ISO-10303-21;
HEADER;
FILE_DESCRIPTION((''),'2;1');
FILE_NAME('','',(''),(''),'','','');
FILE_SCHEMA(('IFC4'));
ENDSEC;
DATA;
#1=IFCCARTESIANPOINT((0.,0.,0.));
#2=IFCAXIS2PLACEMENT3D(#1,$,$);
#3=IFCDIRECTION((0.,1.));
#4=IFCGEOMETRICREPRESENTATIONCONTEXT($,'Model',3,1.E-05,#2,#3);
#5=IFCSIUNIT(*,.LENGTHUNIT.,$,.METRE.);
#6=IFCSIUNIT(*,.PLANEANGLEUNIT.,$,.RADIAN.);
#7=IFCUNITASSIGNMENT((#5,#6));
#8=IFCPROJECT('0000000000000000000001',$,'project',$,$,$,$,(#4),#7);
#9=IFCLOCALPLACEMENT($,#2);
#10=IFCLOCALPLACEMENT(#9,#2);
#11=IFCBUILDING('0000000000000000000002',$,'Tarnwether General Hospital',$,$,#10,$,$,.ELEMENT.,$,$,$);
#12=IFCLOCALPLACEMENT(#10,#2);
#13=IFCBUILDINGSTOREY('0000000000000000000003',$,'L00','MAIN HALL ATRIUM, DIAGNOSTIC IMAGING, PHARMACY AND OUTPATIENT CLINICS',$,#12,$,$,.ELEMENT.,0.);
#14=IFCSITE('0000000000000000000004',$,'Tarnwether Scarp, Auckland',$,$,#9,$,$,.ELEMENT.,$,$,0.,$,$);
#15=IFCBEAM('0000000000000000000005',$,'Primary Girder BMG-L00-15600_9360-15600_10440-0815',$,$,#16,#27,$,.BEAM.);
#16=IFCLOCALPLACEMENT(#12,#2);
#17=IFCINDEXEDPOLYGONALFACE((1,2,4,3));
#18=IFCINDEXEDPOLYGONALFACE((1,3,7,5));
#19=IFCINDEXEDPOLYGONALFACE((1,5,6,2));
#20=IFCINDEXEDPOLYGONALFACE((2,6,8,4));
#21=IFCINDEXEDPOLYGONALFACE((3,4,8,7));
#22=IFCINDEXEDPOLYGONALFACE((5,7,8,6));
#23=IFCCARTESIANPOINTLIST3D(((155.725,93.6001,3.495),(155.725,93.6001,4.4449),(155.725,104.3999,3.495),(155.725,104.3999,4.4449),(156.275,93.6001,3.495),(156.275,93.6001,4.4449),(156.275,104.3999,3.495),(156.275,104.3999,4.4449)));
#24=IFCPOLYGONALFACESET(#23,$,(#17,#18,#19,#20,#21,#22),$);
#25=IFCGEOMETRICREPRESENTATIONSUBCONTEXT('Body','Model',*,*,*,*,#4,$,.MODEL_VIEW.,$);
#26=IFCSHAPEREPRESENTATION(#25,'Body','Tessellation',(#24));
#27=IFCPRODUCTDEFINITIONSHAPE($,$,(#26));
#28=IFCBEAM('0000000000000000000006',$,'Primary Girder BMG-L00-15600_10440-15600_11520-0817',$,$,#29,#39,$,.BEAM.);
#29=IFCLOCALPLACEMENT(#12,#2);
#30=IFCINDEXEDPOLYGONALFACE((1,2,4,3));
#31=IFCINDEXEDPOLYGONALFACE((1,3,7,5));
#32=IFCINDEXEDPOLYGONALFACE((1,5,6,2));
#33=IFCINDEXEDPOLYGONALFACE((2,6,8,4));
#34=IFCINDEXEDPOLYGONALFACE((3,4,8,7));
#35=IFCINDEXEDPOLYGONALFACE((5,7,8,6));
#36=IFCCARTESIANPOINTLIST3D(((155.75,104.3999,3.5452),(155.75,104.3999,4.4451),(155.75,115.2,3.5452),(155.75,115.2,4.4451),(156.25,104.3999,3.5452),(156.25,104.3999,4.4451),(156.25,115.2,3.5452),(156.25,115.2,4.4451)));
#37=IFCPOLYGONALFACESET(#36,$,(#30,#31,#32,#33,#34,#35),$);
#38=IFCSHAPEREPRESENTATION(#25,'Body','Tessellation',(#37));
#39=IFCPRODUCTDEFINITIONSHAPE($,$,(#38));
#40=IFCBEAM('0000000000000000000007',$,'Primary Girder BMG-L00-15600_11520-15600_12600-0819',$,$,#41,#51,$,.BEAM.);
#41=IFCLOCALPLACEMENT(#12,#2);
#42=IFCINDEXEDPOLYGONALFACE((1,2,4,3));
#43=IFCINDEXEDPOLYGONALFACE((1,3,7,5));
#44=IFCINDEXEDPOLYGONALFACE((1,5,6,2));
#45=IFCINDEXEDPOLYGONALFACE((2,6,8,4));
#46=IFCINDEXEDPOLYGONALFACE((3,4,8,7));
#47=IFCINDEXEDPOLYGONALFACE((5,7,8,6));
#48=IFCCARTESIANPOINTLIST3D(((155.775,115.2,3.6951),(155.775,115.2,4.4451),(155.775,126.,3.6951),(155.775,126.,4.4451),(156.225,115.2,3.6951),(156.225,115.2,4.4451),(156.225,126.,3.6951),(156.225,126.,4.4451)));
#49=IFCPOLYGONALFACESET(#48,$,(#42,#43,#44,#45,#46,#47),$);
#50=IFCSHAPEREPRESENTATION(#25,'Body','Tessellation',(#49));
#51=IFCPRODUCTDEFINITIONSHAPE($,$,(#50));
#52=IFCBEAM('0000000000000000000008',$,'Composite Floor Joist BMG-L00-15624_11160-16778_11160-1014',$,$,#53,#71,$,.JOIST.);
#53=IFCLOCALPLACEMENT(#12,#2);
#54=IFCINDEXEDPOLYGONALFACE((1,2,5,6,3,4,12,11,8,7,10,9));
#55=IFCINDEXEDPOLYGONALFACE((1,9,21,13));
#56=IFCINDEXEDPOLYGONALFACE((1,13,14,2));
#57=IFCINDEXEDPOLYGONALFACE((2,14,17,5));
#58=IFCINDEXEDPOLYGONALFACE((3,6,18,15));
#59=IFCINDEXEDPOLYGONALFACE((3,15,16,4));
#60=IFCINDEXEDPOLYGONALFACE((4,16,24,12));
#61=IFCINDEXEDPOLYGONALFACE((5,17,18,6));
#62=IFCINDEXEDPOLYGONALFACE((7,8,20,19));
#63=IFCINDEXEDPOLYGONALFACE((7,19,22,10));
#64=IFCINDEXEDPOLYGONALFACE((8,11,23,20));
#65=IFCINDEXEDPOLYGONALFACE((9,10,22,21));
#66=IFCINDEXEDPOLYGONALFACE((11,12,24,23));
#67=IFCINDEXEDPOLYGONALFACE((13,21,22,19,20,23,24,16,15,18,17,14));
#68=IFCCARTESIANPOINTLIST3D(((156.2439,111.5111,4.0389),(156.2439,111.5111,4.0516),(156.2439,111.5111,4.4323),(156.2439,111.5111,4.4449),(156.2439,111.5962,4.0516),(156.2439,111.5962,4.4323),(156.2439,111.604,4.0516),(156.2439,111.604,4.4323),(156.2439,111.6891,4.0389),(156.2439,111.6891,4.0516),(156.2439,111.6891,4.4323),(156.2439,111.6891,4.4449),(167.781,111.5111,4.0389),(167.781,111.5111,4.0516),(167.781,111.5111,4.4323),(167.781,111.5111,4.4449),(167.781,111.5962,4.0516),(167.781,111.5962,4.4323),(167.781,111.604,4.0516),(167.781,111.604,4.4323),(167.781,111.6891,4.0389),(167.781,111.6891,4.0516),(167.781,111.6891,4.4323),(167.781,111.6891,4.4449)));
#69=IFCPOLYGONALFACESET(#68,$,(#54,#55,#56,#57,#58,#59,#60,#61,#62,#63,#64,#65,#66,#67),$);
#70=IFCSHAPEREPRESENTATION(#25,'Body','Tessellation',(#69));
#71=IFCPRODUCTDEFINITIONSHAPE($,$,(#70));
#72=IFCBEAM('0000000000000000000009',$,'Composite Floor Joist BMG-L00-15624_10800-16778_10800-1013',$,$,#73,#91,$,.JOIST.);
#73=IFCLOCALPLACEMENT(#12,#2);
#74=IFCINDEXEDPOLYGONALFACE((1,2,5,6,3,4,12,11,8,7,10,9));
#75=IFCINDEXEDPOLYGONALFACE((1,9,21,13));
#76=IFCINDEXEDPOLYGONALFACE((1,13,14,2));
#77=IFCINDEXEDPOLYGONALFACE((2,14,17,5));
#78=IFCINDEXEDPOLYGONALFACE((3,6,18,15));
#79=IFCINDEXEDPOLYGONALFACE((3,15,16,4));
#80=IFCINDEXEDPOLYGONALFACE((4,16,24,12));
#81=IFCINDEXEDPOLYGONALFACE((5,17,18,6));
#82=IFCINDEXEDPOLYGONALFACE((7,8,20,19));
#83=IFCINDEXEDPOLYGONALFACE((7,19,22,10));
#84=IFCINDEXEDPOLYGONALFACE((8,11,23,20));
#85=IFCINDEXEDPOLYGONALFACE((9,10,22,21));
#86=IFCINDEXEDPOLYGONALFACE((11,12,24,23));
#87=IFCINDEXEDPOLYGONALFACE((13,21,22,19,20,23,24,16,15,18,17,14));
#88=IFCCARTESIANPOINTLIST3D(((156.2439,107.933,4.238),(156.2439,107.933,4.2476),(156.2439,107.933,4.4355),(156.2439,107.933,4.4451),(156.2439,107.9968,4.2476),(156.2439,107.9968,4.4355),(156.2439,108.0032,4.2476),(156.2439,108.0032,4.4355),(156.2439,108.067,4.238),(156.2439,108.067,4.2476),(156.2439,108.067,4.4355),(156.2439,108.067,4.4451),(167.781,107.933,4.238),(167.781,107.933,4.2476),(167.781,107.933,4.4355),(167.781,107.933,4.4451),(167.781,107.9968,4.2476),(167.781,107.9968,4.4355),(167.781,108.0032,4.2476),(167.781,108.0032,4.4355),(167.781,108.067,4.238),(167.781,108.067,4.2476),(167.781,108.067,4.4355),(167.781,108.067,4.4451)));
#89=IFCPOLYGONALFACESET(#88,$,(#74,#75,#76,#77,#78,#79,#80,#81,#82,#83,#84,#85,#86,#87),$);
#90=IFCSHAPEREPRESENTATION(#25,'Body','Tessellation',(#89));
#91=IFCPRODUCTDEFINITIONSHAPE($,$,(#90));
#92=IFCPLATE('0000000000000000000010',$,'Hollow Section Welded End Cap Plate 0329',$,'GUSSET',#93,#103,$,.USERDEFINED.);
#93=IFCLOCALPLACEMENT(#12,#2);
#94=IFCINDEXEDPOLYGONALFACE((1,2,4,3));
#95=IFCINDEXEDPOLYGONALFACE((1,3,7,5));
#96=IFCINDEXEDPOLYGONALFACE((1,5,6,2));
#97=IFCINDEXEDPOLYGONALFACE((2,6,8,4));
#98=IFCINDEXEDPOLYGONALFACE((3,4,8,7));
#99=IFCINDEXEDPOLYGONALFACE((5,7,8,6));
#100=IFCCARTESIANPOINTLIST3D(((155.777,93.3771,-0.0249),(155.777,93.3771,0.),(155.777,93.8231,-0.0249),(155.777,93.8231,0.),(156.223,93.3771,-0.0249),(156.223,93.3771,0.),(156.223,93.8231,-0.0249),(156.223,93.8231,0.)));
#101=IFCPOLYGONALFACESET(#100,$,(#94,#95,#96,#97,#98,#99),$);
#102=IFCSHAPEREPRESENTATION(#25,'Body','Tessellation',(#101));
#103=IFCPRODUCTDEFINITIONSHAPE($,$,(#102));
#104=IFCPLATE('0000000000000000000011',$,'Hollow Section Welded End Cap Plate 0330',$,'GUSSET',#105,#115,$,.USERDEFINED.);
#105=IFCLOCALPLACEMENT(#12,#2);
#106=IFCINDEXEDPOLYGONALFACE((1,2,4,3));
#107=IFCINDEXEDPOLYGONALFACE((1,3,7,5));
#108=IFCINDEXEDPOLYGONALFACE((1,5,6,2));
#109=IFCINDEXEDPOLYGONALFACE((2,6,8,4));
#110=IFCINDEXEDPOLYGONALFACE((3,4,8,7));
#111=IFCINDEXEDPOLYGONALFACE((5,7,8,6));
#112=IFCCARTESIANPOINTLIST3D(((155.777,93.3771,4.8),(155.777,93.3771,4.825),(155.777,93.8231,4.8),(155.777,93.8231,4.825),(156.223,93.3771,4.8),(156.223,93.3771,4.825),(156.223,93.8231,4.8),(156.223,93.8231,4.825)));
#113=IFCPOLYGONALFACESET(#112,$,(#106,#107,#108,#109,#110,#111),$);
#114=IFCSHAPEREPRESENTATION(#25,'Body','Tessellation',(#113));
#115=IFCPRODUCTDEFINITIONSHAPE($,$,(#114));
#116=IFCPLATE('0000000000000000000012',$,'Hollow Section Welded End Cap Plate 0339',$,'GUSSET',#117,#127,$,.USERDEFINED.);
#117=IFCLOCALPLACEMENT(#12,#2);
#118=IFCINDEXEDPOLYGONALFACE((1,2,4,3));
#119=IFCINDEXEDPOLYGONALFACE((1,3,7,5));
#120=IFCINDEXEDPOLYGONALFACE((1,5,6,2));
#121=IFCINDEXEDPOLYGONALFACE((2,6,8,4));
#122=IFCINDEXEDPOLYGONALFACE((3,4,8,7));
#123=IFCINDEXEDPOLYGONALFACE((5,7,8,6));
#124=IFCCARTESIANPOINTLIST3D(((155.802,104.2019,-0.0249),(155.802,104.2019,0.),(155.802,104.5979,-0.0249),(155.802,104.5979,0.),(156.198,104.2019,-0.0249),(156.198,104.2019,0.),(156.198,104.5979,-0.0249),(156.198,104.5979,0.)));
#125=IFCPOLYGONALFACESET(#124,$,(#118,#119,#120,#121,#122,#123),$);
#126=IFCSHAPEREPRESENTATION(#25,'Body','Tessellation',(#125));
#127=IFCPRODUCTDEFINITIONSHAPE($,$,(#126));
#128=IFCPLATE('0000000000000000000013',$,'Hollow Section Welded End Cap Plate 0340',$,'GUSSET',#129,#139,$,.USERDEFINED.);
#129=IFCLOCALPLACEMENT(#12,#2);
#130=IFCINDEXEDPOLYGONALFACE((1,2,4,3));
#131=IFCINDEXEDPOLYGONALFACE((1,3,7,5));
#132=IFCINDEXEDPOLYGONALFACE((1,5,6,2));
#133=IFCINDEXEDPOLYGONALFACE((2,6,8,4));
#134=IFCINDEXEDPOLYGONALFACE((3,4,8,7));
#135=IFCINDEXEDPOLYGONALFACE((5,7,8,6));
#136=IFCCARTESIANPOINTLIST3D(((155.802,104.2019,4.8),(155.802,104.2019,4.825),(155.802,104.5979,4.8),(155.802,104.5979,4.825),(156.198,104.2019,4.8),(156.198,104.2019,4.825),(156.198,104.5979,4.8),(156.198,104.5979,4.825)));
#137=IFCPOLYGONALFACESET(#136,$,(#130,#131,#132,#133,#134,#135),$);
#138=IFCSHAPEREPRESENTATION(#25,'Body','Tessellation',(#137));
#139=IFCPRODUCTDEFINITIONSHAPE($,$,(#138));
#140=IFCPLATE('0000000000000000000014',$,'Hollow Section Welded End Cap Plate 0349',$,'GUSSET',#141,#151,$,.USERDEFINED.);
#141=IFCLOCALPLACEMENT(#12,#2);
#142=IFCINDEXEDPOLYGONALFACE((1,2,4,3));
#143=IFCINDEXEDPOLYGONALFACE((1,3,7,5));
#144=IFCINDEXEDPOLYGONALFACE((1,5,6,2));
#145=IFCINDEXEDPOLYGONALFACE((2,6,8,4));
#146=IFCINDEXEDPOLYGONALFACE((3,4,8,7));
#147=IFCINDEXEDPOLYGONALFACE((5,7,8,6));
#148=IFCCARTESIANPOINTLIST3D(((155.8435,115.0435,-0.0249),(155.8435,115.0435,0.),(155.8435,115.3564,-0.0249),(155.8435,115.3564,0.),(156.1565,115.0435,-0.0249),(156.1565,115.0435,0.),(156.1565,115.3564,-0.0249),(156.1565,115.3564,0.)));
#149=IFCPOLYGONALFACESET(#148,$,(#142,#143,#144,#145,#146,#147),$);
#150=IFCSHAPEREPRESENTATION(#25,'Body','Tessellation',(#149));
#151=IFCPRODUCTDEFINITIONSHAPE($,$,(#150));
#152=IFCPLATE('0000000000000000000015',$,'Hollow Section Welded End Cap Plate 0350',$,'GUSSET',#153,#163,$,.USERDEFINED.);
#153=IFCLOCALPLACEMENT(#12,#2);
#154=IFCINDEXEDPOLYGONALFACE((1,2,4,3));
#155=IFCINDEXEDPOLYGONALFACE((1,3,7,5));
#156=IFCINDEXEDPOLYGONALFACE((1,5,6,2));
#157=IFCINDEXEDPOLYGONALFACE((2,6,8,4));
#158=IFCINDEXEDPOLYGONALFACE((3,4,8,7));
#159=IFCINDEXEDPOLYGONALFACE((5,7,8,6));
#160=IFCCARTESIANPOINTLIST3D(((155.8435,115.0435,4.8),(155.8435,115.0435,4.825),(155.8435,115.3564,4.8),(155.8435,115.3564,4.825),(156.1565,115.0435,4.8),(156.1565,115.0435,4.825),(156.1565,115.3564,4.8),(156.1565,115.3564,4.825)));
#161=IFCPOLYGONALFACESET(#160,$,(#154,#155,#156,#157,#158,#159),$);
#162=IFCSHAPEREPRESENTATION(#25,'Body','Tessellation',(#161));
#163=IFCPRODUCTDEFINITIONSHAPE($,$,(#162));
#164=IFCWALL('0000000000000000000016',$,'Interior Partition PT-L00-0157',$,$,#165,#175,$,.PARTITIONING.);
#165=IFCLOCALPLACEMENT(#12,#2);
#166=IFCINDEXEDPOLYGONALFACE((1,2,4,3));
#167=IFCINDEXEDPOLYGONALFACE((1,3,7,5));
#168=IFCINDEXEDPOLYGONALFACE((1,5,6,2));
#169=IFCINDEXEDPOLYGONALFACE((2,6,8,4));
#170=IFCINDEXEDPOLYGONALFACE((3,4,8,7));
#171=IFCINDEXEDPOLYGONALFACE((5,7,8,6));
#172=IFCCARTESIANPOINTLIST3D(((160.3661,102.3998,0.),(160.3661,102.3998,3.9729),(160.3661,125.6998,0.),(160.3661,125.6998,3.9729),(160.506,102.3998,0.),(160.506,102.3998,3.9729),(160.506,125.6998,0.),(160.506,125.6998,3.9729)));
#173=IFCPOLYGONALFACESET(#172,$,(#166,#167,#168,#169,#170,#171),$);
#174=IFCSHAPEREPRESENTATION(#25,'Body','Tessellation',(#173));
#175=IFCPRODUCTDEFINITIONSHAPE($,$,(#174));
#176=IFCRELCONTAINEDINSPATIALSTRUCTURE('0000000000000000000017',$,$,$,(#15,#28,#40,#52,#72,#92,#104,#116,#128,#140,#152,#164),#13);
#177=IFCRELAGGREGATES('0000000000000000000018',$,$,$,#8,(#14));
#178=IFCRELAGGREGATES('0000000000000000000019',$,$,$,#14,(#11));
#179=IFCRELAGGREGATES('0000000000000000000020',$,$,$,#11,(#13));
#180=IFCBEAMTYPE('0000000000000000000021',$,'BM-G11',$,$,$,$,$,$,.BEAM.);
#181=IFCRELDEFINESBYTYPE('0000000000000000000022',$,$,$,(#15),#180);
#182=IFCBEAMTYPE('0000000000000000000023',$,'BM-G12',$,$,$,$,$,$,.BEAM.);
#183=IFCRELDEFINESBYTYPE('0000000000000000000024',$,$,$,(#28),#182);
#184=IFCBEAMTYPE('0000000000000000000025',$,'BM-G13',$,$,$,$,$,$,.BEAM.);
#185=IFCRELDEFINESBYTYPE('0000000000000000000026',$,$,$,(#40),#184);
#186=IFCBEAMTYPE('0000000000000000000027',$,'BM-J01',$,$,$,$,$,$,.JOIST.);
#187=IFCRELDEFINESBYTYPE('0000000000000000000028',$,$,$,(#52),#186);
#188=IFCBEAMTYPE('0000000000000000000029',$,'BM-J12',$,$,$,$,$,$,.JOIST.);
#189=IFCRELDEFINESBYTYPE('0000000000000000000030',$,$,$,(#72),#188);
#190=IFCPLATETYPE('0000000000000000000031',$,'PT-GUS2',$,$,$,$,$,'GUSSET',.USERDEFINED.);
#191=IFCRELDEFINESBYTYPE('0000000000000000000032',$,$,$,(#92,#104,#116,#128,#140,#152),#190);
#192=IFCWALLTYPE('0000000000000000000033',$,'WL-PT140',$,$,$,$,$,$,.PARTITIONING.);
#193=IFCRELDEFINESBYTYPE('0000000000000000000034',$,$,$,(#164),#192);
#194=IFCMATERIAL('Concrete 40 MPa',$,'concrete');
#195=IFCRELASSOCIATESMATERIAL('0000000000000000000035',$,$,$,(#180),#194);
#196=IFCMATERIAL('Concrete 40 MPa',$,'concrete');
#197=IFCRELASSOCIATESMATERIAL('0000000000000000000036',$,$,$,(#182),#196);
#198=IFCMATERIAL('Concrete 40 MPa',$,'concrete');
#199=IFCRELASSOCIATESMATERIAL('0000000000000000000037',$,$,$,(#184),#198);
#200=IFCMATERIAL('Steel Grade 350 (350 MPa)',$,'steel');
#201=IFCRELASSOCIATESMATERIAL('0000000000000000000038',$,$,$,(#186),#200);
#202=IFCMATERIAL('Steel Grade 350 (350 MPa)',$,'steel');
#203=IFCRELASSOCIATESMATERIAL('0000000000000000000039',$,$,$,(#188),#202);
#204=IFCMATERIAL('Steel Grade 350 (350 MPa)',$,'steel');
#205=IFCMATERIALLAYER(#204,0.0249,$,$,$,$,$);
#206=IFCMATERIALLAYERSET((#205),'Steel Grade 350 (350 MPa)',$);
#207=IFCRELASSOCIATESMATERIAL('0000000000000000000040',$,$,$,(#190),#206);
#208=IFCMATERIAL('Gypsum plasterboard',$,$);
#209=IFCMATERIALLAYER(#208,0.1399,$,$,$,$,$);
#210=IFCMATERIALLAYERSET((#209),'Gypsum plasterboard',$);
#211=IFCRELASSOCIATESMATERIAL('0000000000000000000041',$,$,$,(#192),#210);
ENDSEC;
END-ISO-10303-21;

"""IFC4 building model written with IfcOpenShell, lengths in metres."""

from ifc_helpers import new_model, si_unit, direction, frame, frame_2d, origin, origin_2d, place, context, subcontext, project, spatial, rectangle, i_section, extrude, material, layer, layer_set, material_profile, profile_set, type_object, element, save


model = new_model("IFC4")

# Units and contexts
model_context = context("Model", 3, precision=1e-05, world=origin(), true_north=direction((0.0, 1.0)))
body_context = subcontext(model_context, "Body", "Model", "MODEL_VIEW")
ifc_project = project(units=[si_unit("LENGTHUNIT", "METRE"), si_unit("PLANEANGLEUNIT", "RADIAN")], contexts=[model_context])

# Site, building, storey
site_placement = place(None, origin())
site = spatial("IfcSite", under=ifc_project, at=site_placement, Name="Tarnwether Scarp, Auckland", CompositionType="ELEMENT", RefElevation=0.0)
building_placement = place(site_placement, origin())
building = spatial("IfcBuilding", under=site, at=building_placement, Name="Tarnwether General Hospital", CompositionType="ELEMENT")
storey_placement = place(building_placement, origin())
storey = spatial("IfcBuildingStorey", under=building, at=storey_placement, Name="L00", Description="MAIN HALL ATRIUM, DIAGNOSTIC IMAGING, PHARMACY AND OUTPATIENT CLINICS", CompositionType="ELEMENT", Elevation=0.0)

# Beams
ifc_material_1 = material(Name="Concrete 40 MPa", Category="concrete")
ifc_material_profile_1 = material_profile(ifc_material_1, rectangle(XDim=0.55, YDim=0.95, at=origin_2d()), Name="RC-BM-550x950")
ifc_profile_set_1 = profile_set([ifc_material_profile_1], Name="Concrete 40 MPa")
beam_type_1 = type_object("IfcBeamType", Name="BM-G11", PredefinedType="BEAM", material=ifc_profile_set_1)
beam_1_placement = place(storey_placement, frame((156.0, 93.6001, 3.97), z_axis=(0.0, 1.0, 0.0), x_axis=(-1.0, 0.0, 0.0)))
element("IfcBeam", 1, at=beam_1_placement, inside=storey, type_object=beam_type_1, Name="Primary Girder BMG-L00-15600_9360-15600_10440-0815", PredefinedType="BEAM", context=body_context, shape_type="SweptSolid", body=[
    extrude(rectangle(XDim=0.55, YDim=0.95, at=origin_2d()), origin(), (0.0, 0.0, 1.0), 10.7998),
])
ifc_material_2 = material(Name="Concrete 40 MPa", Category="concrete")
ifc_material_profile_2 = material_profile(ifc_material_2, rectangle(XDim=0.5, YDim=0.8999, at=origin_2d()), Name="RC-BM-500x900")
ifc_profile_set_2 = profile_set([ifc_material_profile_2], Name="Concrete 40 MPa")
beam_type_2 = type_object("IfcBeamType", Name="BM-G12", PredefinedType="BEAM", material=ifc_profile_set_2)
beam_2_placement = place(storey_placement, frame((156.0, 104.3999, 3.9951), z_axis=(0.0, 1.0, 0.0), x_axis=(-1.0, 0.0, 0.0)))
element("IfcBeam", 2, at=beam_2_placement, inside=storey, type_object=beam_type_2, Name="Primary Girder BMG-L00-15600_10440-15600_11520-0817", PredefinedType="BEAM", context=body_context, shape_type="SweptSolid", body=[
    extrude(rectangle(XDim=0.5, YDim=0.8999, at=origin_2d()), origin(), (0.0, 0.0, 1.0), 10.8),
])
ifc_material_3 = material(Name="Concrete 40 MPa", Category="concrete")
ifc_material_profile_3 = material_profile(ifc_material_3, rectangle(XDim=0.45, YDim=0.75, at=origin_2d()), Name="RC-BM-450x750")
ifc_profile_set_3 = profile_set([ifc_material_profile_3], Name="Concrete 40 MPa")
beam_type_3 = type_object("IfcBeamType", Name="BM-G13", PredefinedType="BEAM", material=ifc_profile_set_3)
beam_3_placement = place(storey_placement, frame((156.0, 115.2, 4.0701), z_axis=(0.0, 1.0, 0.0), x_axis=(-1.0, 0.0, 0.0)))
element("IfcBeam", 3, at=beam_3_placement, inside=storey, type_object=beam_type_3, Name="Primary Girder BMG-L00-15600_11520-15600_12600-0819", PredefinedType="BEAM", context=body_context, shape_type="SweptSolid", body=[
    extrude(rectangle(XDim=0.45, YDim=0.75, at=origin_2d()), origin(), (0.0, 0.0, 1.0), 10.8),
])
ifc_material_4 = material(Name="Steel Grade 350 (350 MPa)", Category="steel")
ifc_material_profile_4 = material_profile(ifc_material_4, i_section(OverallWidth=0.178, OverallDepth=0.406, WebThickness=0.0078, FlangeThickness=0.0127, at=origin_2d()), Name="410UB59.7")
ifc_profile_set_4 = profile_set([ifc_material_profile_4], Name="Steel Grade 350 (350 MPa)")
beam_type_4 = type_object("IfcBeamType", Name="BM-J01", PredefinedType="JOIST", material=ifc_profile_set_4)
beam_4_placement = place(storey_placement, frame((156.2439, 111.6001, 4.2419), z_axis=(1.0, 0.0, 0.0), x_axis=(0.0, 1.0, 0.0)))
element("IfcBeam", 4, at=beam_4_placement, inside=storey, type_object=beam_type_4, Name="Composite Floor Joist BMG-L00-15624_11160-16778_11160-1014", PredefinedType="JOIST", context=body_context, shape_type="SweptSolid", body=[
    extrude(i_section(OverallWidth=0.178, OverallDepth=0.406, WebThickness=0.0078, FlangeThickness=0.0127, at=origin_2d()), origin(), (0.0, 0.0, 1.0), 11.5371),
])
ifc_material_5 = material(Name="Steel Grade 350 (350 MPa)", Category="steel")
ifc_material_profile_5 = material_profile(ifc_material_5, i_section(OverallWidth=0.134, OverallDepth=0.207, WebThickness=0.0063, FlangeThickness=0.0095, at=origin_2d()), Name="200UB29.8")
ifc_profile_set_5 = profile_set([ifc_material_profile_5], Name="Steel Grade 350 (350 MPa)")
beam_type_5 = type_object("IfcBeamType", Name="BM-J12", PredefinedType="JOIST", material=ifc_profile_set_5)
beam_5_placement = place(storey_placement, frame((156.2439, 108.0, 4.3416), z_axis=(1.0, 0.0, 0.0), x_axis=(0.0, 1.0, 0.0)))
element("IfcBeam", 5, at=beam_5_placement, inside=storey, type_object=beam_type_5, Name="Composite Floor Joist BMG-L00-15624_10800-16778_10800-1013", PredefinedType="JOIST", context=body_context, shape_type="SweptSolid", body=[
    extrude(i_section(OverallWidth=0.134, OverallDepth=0.207, WebThickness=0.0063, FlangeThickness=0.0095, at=origin_2d()), origin(), (0.0, 0.0, 1.0), 11.5371),
])

# Plates
ifc_material_6 = material(Name="Steel Grade 350 (350 MPa)", Category="steel")
ifc_layer_1 = layer(ifc_material_6, 0.0249)
ifc_layer_set_1 = layer_set([ifc_layer_1], Name="Steel Grade 350 (350 MPa)")
plate_type = type_object("IfcPlateType", Name="PT-GUS2", ElementType="GUSSET", PredefinedType="USERDEFINED", material=ifc_layer_set_1)
for number, where, z_axis, x_axis, name in (
    (6, (156.0, 93.6001, -0.0249), (0.0, 0.0, 1.0), (1.0, 0.0, 0.0), "Hollow Section Welded End Cap Plate 0329"),
    (7, (156.0, 93.6001, 4.8), (0.0, 0.0, 1.0), (1.0, 0.0, 0.0), "Hollow Section Welded End Cap Plate 0330"),
):
    element("IfcPlate", number, at=place(storey_placement, frame(where, z_axis=z_axis, x_axis=x_axis)), inside=storey, type_object=plate_type, Name=name, ObjectType="GUSSET", PredefinedType="USERDEFINED", context=body_context, shape_type="SweptSolid", body=[
        extrude(rectangle(XDim=0.446, YDim=0.446, at=origin_2d()), origin(), (0.0, 0.0, 1.0), 0.0249),
    ])
for number, where, z_axis, x_axis, name in (
    (8, (156.0, 104.3999, -0.0249), (0.0, 0.0, 1.0), (1.0, 0.0, 0.0), "Hollow Section Welded End Cap Plate 0339"),
    (9, (156.0, 104.3999, 4.8), (0.0, 0.0, 1.0), (1.0, 0.0, 0.0), "Hollow Section Welded End Cap Plate 0340"),
):
    element("IfcPlate", number, at=place(storey_placement, frame(where, z_axis=z_axis, x_axis=x_axis)), inside=storey, type_object=plate_type, Name=name, ObjectType="GUSSET", PredefinedType="USERDEFINED", context=body_context, shape_type="SweptSolid", body=[
        extrude(rectangle(XDim=0.396, YDim=0.396, at=origin_2d()), origin(), (0.0, 0.0, 1.0), 0.0249),
    ])
for number, where, z_axis, x_axis, name in (
    (10, (156.0, 115.2, -0.0249), (0.0, 0.0, 1.0), (1.0, 0.0, 0.0), "Hollow Section Welded End Cap Plate 0349"),
    (11, (156.0, 115.2, 4.8), (0.0, 0.0, 1.0), (1.0, 0.0, 0.0), "Hollow Section Welded End Cap Plate 0350"),
):
    element("IfcPlate", number, at=place(storey_placement, frame(where, z_axis=z_axis, x_axis=x_axis)), inside=storey, type_object=plate_type, Name=name, ObjectType="GUSSET", PredefinedType="USERDEFINED", context=body_context, shape_type="SweptSolid", body=[
        extrude(rectangle(XDim=0.313, YDim=0.313, at=origin_2d()), origin(), (0.0, 0.0, 1.0), 0.0249),
    ])

# Wall
ifc_material_7 = material(Name="Gypsum plasterboard")
ifc_layer_2 = layer(ifc_material_7, 0.1399)
ifc_layer_set_2 = layer_set([ifc_layer_2], Name="Gypsum plasterboard")
wall_type_1 = type_object("IfcWallType", Name="WL-PT140", PredefinedType="PARTITIONING", material=ifc_layer_set_2)
wall_1_placement = place(storey_placement, frame((160.436, 102.3999, 0.0), z_axis=(0.0, 0.0, 1.0), x_axis=(0.0, 1.0, 0.0)))
element("IfcWall", 12, at=wall_1_placement, inside=storey, type_object=wall_type_1, Name="Interior Partition PT-L00-0157", PredefinedType="PARTITIONING", context=body_context, shape_type="SweptSolid", body=[
    extrude(rectangle(XDim=23.3, YDim=0.1399, at=frame_2d((11.6499, 0.0))), origin(), (0.0, 0.0, 1.0), 3.9729),
])

save(model, "model.ifc")
